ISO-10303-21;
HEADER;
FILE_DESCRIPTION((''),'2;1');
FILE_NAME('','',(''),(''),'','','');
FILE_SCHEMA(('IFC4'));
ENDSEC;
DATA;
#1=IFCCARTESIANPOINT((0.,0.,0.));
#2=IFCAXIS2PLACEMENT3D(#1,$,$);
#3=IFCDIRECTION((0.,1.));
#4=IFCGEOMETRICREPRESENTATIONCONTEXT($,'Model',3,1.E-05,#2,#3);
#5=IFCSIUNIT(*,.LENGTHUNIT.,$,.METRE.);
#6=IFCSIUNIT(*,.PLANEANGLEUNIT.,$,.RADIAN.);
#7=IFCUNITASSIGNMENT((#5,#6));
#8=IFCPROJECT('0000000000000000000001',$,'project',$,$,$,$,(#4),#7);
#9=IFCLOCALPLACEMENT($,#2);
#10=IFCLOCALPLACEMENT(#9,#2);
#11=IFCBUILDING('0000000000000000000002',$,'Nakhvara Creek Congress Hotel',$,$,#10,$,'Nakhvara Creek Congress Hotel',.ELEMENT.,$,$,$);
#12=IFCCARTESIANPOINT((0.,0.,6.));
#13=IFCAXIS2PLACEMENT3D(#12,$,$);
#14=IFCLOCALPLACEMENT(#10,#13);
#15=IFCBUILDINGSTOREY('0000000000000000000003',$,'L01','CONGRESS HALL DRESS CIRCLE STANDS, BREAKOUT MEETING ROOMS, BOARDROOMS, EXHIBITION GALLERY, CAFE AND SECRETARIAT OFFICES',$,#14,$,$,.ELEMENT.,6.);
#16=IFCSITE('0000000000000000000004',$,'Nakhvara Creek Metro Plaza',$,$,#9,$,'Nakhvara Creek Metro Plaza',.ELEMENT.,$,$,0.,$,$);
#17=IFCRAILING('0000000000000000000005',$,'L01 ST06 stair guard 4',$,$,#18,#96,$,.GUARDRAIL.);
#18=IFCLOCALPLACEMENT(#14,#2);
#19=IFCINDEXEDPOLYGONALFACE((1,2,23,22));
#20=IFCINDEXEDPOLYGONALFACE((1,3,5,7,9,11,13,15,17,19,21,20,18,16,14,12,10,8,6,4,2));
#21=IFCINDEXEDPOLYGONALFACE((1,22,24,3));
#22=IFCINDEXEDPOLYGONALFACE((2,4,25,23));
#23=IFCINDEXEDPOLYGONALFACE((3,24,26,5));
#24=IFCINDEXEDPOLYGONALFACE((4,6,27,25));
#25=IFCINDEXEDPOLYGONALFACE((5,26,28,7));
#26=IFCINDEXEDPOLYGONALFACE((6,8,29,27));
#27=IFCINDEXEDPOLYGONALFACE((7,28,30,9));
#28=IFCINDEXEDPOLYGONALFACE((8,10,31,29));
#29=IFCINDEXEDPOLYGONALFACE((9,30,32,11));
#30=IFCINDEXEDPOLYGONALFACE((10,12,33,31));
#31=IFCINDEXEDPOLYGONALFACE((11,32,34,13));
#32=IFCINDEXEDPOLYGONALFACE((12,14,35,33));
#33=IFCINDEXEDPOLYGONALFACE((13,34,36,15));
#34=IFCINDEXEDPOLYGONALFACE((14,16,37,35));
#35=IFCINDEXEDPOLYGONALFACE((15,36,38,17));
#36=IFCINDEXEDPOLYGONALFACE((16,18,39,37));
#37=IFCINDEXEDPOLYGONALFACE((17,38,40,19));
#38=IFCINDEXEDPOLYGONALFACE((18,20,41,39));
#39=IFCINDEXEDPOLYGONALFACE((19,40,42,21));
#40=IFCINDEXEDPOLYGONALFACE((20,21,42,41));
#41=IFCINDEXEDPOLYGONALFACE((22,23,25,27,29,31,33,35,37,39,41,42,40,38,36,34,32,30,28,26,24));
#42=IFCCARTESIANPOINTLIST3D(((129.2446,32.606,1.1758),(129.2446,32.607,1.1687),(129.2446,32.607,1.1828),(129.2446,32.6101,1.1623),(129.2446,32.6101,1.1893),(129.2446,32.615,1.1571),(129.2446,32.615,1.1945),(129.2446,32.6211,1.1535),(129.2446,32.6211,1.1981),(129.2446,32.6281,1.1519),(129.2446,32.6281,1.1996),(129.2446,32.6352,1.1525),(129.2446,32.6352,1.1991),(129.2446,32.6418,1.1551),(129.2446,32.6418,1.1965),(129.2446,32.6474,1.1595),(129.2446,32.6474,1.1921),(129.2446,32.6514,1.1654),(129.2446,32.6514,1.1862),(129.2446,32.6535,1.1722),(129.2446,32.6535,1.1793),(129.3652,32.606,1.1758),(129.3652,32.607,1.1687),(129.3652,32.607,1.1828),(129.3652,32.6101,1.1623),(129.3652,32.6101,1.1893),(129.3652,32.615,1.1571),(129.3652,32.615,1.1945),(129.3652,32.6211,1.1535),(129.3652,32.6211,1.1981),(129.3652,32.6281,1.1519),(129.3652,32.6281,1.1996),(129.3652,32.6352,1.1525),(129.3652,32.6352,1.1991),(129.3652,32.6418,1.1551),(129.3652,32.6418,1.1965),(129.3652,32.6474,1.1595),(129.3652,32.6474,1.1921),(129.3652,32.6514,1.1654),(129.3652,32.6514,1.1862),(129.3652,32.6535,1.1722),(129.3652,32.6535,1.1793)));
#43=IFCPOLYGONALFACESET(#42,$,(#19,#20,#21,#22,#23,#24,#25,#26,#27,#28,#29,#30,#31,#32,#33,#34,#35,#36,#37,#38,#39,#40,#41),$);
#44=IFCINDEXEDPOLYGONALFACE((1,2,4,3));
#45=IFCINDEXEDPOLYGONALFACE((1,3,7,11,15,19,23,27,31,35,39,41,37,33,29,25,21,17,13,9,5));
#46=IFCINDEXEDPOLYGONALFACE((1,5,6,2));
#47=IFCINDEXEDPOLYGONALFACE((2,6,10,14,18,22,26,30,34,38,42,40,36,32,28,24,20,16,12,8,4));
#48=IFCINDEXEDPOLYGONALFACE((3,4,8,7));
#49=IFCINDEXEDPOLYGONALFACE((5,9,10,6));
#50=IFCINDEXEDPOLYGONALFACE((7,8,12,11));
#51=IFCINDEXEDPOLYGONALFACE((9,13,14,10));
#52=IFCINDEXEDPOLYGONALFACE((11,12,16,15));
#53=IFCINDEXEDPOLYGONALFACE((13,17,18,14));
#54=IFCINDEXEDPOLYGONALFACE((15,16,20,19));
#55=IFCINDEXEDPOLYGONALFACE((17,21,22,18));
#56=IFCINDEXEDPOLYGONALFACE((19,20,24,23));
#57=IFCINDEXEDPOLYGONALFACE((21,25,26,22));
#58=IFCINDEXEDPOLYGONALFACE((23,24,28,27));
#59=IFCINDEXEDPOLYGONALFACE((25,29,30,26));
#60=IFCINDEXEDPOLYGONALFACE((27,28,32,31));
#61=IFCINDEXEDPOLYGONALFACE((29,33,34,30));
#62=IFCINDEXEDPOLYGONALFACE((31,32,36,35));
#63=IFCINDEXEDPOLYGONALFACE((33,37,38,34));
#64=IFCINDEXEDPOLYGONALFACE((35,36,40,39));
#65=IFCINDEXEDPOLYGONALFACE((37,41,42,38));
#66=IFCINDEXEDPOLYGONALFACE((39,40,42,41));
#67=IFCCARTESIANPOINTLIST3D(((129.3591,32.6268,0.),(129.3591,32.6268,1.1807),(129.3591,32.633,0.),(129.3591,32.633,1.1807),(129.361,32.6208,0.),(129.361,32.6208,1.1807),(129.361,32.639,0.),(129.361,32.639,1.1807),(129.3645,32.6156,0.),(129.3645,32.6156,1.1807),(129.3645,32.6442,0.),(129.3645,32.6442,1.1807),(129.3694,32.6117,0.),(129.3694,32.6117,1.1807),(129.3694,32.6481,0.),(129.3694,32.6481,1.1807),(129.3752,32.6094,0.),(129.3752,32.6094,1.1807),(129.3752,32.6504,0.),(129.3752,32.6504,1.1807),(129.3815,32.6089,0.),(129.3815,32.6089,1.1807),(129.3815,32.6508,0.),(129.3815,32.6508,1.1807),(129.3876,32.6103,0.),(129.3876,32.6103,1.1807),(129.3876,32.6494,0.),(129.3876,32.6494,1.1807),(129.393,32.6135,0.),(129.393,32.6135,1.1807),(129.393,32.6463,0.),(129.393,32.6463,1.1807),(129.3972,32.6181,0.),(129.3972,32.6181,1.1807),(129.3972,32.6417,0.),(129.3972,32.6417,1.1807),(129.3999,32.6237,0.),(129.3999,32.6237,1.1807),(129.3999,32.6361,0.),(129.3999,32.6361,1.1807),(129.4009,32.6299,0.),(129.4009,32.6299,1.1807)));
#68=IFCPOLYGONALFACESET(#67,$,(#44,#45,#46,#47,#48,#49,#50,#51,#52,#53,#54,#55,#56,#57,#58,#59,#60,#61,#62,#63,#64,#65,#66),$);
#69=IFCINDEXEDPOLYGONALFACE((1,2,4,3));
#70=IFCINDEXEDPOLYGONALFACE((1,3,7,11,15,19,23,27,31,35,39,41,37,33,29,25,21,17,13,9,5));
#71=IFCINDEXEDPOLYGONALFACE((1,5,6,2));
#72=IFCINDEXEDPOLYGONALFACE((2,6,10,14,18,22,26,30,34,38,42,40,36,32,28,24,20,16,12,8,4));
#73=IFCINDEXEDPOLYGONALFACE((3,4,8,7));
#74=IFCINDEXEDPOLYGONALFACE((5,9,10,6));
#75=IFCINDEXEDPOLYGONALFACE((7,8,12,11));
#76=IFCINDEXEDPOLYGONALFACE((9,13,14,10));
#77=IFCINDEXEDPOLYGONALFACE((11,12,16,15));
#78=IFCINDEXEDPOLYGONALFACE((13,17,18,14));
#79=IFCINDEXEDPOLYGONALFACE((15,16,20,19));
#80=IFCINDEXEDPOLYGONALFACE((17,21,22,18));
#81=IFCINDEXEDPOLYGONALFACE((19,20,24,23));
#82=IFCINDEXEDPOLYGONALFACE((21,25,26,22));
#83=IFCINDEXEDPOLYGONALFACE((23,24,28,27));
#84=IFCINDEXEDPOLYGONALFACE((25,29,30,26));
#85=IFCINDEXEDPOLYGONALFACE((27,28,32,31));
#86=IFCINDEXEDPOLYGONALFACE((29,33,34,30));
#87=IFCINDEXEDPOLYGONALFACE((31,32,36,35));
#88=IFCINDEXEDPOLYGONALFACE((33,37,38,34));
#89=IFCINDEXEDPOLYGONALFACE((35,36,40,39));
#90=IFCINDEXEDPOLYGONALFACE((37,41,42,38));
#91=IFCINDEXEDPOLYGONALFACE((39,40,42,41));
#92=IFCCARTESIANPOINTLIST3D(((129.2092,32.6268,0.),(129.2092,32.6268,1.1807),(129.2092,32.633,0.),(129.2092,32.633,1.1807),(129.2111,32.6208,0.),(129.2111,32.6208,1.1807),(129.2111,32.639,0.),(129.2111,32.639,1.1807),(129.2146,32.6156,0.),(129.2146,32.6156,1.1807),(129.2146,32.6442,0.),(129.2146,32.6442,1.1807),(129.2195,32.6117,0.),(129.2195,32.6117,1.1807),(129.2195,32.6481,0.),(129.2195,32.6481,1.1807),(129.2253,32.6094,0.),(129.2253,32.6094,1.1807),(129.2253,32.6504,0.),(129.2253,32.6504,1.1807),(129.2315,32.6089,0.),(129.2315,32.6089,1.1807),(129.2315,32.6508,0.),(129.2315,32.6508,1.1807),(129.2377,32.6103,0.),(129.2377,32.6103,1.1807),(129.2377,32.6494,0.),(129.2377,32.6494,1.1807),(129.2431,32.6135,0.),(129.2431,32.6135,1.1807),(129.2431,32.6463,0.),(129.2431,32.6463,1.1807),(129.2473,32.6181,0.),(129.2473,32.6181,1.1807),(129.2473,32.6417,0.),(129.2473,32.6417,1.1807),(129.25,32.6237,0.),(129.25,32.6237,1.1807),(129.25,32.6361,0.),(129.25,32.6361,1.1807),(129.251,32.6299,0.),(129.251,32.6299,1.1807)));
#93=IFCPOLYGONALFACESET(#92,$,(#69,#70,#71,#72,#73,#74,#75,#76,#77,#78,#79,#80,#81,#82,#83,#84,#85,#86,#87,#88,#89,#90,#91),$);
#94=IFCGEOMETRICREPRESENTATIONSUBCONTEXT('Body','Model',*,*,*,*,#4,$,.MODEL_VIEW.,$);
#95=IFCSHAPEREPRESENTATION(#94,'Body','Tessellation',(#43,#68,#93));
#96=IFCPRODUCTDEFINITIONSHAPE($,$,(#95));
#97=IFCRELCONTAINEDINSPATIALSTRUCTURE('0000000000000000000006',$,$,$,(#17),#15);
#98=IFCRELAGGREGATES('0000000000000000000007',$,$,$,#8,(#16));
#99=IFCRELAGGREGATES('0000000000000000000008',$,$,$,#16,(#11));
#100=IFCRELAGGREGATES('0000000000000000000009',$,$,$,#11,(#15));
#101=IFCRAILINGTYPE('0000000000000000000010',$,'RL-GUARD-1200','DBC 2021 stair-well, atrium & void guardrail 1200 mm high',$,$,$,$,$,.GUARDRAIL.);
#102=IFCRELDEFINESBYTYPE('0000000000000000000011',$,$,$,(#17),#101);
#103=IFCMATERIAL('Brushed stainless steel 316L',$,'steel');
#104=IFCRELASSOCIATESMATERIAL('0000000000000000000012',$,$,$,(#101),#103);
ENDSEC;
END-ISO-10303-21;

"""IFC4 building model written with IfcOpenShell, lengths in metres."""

from ifc_helpers import new_model, si_unit, direction, frame, origin, origin_2d, place, context, subcontext, project, spatial, circle, extrude, material, type_object, element, save


model = new_model("IFC4")

# Units and contexts
model_context = context("Model", 3, precision=1e-05, world=origin(), true_north=direction((0.0, 1.0)))
body_context = subcontext(model_context, "Body", "Model", "MODEL_VIEW")
ifc_project = project(units=[si_unit("LENGTHUNIT", "METRE"), si_unit("PLANEANGLEUNIT", "RADIAN")], contexts=[model_context])

# Site, building, storey
site_placement = place(None, origin())
site = spatial("IfcSite", under=ifc_project, at=site_placement, Name="Nakhvara Creek Metro Plaza", LongName="Nakhvara Creek Metro Plaza", CompositionType="ELEMENT", RefElevation=0.0)
building_placement = place(site_placement, origin())
building = spatial("IfcBuilding", under=site, at=building_placement, Name="Nakhvara Creek Congress Hotel", LongName="Nakhvara Creek Congress Hotel", CompositionType="ELEMENT")
storey_placement = place(building_placement, frame((0.0, 0.0, 6.0)))
storey = spatial("IfcBuildingStorey", under=building, at=storey_placement, Name="L01", Description="CONGRESS HALL DRESS CIRCLE STANDS, BREAKOUT MEETING ROOMS, BOARDROOMS, EXHIBITION GALLERY, CAFE AND SECRETARIAT OFFICES", CompositionType="ELEMENT", Elevation=6.0)

# Railing
ifc_material_1 = material(Name="Brushed stainless steel 316L", Category="steel")
railing_type_1 = type_object("IfcRailingType", Name="RL-GUARD-1200", Description="DBC 2021 stair-well, atrium & void guardrail 1200 mm high", PredefinedType="GUARDRAIL", material=ifc_material_1)
railing_1_placement = place(storey_placement, frame((129.3799, 32.6299, 0.0)))
element("IfcRailing", 1, at=railing_1_placement, inside=storey, type_object=railing_type_1, Name="L01 ST06 stair guard 4", PredefinedType="GUARDRAIL", context=body_context, shape_type="SweptSolid", body=[
    extrude(circle(Radius=0.0239, at=origin_2d()), frame((-0.0146, 0.0, 1.1758), z_axis=(-1.0, 0.0, 0.0), x_axis=(0.0, -1.0, 0.0)), (0.0, 0.0, 1.0), 0.1206),
    extrude(circle(Radius=0.021, at=origin_2d()), origin(), (0.0, 0.0, 1.0), 1.1807),
    extrude(circle(Radius=0.021, at=origin_2d()), frame((-0.1499, 0.0, 0.0)), (0.0, 0.0, 1.0), 1.1807),
])

save(model, "model.ifc")
